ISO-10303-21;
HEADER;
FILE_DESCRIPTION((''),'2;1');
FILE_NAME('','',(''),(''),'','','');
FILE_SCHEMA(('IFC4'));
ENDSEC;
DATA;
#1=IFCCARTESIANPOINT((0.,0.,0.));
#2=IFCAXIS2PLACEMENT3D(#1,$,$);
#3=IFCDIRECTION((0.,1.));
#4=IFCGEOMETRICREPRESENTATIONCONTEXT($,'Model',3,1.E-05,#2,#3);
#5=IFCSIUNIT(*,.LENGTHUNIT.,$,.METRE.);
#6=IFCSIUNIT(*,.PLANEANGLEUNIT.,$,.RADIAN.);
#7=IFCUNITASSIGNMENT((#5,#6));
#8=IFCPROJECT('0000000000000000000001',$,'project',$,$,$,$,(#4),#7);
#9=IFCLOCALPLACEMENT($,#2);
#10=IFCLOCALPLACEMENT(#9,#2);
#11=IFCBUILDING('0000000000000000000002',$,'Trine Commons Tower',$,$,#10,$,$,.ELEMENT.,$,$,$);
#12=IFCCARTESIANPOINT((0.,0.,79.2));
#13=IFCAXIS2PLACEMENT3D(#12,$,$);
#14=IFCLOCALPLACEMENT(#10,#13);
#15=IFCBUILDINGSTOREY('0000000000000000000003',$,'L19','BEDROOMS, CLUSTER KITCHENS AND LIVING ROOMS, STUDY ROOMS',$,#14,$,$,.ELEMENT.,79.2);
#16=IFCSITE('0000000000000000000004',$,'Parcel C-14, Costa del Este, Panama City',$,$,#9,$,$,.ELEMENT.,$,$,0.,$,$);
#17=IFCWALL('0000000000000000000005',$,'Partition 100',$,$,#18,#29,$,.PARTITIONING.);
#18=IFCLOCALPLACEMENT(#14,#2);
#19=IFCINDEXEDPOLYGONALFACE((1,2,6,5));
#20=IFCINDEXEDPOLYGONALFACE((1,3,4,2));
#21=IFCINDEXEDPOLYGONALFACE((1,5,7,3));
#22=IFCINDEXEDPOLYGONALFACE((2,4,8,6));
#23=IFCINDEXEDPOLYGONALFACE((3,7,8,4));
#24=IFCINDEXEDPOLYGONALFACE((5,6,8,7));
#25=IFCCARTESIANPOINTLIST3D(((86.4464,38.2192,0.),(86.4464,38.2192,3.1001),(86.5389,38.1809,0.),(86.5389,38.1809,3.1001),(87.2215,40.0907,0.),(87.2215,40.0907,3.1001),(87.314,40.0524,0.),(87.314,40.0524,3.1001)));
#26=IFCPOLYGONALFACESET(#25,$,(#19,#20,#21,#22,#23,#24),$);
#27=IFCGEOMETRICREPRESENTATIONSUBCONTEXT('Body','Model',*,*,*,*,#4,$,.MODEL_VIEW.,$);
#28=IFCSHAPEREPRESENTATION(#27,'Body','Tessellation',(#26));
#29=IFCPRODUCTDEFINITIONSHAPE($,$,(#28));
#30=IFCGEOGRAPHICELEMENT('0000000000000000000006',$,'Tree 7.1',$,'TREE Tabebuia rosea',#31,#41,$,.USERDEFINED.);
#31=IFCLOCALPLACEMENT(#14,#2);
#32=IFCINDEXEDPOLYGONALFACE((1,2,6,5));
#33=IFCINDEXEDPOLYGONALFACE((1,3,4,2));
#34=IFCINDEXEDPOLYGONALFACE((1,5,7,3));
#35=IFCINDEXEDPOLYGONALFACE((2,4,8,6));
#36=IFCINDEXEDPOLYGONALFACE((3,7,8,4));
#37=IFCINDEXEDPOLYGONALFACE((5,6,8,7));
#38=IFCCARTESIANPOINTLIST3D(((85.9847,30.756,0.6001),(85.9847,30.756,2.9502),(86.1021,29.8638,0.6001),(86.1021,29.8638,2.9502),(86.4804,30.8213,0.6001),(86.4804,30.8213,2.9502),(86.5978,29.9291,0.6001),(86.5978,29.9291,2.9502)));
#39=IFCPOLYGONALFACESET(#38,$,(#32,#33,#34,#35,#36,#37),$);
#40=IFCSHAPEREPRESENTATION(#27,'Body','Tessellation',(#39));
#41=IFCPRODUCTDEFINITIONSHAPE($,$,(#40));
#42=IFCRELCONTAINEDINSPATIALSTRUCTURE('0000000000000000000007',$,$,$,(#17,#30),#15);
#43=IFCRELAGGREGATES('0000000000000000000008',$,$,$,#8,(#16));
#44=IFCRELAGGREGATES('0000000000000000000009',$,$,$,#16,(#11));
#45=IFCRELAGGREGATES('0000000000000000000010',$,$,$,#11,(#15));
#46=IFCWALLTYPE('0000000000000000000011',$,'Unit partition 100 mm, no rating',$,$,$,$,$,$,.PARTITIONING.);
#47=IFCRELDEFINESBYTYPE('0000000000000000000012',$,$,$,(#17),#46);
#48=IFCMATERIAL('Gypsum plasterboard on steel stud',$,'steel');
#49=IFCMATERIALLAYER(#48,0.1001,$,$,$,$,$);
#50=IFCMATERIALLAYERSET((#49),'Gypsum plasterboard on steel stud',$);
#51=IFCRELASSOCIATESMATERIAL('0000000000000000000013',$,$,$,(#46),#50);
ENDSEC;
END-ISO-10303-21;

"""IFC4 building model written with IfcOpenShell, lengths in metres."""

from ifc_helpers import new_model, si_unit, direction, frame, frame_2d, origin, origin_2d, place, context, subcontext, project, spatial, rectangle, extrude, material, layer, layer_set, type_object, element, save


model = new_model("IFC4")

# Units and contexts
model_context = context("Model", 3, precision=1e-05, world=origin(), true_north=direction((0.0, 1.0)))
body_context = subcontext(model_context, "Body", "Model", "MODEL_VIEW")
ifc_project = project(units=[si_unit("LENGTHUNIT", "METRE"), si_unit("PLANEANGLEUNIT", "RADIAN")], contexts=[model_context])

# Site, building, storey
site_placement = place(None, origin())
site = spatial("IfcSite", under=ifc_project, at=site_placement, Name="Parcel C-14, Costa del Este, Panama City", CompositionType="ELEMENT", RefElevation=0.0)
building_placement = place(site_placement, origin())
building = spatial("IfcBuilding", under=site, at=building_placement, Name="Trine Commons Tower", CompositionType="ELEMENT")
storey_placement = place(building_placement, frame((0.0, 0.0, 79.2)))
storey = spatial("IfcBuildingStorey", under=building, at=storey_placement, Name="L19", Description="BEDROOMS, CLUSTER KITCHENS AND LIVING ROOMS, STUDY ROOMS", CompositionType="ELEMENT", Elevation=79.2)

# Shared definitions
ifc_material_1 = material(Name="Gypsum plasterboard on steel stud", Category="steel")

# Wall
ifc_layer_1 = layer(ifc_material_1, 0.1001)
ifc_layer_set_1 = layer_set([ifc_layer_1], Name="Gypsum plasterboard on steel stud")
wall_type_1 = type_object("IfcWallType", Name="Unit partition 100 mm, no rating", PredefinedType="PARTITIONING", material=ifc_layer_set_1)
wall_1_placement = place(storey_placement, frame((86.4927, 38.2002, 0.0), z_axis=(0.0, 0.0, 1.0), x_axis=(0.382646, 0.923895, 0.0)))
element("IfcWall", 1, at=wall_1_placement, inside=storey, type_object=wall_type_1, Name="Partition 100", PredefinedType="PARTITIONING", context=body_context, shape_type="SweptSolid", body=[
    extrude(rectangle(XDim=2.0256, YDim=0.1001, at=frame_2d((1.0127, 0.0))), origin(), (0.0, 0.0, 1.0), 3.1001),
])

# Geographic element
geographic_element_placement = place(storey_placement, frame((86.2913, 30.3425, 0.6001), z_axis=(0.0, 0.0, 1.0), x_axis=(-0.130518, 0.991446, 0.0)))
element("IfcGeographicElement", 2, at=geographic_element_placement, inside=storey, Name="Tree 7.1", ObjectType="TREE Tabebuia rosea", PredefinedType="USERDEFINED", context=body_context, shape_type="SweptSolid", body=[
    extrude(rectangle(XDim=0.8999, YDim=0.5, at=origin_2d()), origin(), (0.0, 0.0, 1.0), 2.3501),
])

save(model, "model.ifc")
